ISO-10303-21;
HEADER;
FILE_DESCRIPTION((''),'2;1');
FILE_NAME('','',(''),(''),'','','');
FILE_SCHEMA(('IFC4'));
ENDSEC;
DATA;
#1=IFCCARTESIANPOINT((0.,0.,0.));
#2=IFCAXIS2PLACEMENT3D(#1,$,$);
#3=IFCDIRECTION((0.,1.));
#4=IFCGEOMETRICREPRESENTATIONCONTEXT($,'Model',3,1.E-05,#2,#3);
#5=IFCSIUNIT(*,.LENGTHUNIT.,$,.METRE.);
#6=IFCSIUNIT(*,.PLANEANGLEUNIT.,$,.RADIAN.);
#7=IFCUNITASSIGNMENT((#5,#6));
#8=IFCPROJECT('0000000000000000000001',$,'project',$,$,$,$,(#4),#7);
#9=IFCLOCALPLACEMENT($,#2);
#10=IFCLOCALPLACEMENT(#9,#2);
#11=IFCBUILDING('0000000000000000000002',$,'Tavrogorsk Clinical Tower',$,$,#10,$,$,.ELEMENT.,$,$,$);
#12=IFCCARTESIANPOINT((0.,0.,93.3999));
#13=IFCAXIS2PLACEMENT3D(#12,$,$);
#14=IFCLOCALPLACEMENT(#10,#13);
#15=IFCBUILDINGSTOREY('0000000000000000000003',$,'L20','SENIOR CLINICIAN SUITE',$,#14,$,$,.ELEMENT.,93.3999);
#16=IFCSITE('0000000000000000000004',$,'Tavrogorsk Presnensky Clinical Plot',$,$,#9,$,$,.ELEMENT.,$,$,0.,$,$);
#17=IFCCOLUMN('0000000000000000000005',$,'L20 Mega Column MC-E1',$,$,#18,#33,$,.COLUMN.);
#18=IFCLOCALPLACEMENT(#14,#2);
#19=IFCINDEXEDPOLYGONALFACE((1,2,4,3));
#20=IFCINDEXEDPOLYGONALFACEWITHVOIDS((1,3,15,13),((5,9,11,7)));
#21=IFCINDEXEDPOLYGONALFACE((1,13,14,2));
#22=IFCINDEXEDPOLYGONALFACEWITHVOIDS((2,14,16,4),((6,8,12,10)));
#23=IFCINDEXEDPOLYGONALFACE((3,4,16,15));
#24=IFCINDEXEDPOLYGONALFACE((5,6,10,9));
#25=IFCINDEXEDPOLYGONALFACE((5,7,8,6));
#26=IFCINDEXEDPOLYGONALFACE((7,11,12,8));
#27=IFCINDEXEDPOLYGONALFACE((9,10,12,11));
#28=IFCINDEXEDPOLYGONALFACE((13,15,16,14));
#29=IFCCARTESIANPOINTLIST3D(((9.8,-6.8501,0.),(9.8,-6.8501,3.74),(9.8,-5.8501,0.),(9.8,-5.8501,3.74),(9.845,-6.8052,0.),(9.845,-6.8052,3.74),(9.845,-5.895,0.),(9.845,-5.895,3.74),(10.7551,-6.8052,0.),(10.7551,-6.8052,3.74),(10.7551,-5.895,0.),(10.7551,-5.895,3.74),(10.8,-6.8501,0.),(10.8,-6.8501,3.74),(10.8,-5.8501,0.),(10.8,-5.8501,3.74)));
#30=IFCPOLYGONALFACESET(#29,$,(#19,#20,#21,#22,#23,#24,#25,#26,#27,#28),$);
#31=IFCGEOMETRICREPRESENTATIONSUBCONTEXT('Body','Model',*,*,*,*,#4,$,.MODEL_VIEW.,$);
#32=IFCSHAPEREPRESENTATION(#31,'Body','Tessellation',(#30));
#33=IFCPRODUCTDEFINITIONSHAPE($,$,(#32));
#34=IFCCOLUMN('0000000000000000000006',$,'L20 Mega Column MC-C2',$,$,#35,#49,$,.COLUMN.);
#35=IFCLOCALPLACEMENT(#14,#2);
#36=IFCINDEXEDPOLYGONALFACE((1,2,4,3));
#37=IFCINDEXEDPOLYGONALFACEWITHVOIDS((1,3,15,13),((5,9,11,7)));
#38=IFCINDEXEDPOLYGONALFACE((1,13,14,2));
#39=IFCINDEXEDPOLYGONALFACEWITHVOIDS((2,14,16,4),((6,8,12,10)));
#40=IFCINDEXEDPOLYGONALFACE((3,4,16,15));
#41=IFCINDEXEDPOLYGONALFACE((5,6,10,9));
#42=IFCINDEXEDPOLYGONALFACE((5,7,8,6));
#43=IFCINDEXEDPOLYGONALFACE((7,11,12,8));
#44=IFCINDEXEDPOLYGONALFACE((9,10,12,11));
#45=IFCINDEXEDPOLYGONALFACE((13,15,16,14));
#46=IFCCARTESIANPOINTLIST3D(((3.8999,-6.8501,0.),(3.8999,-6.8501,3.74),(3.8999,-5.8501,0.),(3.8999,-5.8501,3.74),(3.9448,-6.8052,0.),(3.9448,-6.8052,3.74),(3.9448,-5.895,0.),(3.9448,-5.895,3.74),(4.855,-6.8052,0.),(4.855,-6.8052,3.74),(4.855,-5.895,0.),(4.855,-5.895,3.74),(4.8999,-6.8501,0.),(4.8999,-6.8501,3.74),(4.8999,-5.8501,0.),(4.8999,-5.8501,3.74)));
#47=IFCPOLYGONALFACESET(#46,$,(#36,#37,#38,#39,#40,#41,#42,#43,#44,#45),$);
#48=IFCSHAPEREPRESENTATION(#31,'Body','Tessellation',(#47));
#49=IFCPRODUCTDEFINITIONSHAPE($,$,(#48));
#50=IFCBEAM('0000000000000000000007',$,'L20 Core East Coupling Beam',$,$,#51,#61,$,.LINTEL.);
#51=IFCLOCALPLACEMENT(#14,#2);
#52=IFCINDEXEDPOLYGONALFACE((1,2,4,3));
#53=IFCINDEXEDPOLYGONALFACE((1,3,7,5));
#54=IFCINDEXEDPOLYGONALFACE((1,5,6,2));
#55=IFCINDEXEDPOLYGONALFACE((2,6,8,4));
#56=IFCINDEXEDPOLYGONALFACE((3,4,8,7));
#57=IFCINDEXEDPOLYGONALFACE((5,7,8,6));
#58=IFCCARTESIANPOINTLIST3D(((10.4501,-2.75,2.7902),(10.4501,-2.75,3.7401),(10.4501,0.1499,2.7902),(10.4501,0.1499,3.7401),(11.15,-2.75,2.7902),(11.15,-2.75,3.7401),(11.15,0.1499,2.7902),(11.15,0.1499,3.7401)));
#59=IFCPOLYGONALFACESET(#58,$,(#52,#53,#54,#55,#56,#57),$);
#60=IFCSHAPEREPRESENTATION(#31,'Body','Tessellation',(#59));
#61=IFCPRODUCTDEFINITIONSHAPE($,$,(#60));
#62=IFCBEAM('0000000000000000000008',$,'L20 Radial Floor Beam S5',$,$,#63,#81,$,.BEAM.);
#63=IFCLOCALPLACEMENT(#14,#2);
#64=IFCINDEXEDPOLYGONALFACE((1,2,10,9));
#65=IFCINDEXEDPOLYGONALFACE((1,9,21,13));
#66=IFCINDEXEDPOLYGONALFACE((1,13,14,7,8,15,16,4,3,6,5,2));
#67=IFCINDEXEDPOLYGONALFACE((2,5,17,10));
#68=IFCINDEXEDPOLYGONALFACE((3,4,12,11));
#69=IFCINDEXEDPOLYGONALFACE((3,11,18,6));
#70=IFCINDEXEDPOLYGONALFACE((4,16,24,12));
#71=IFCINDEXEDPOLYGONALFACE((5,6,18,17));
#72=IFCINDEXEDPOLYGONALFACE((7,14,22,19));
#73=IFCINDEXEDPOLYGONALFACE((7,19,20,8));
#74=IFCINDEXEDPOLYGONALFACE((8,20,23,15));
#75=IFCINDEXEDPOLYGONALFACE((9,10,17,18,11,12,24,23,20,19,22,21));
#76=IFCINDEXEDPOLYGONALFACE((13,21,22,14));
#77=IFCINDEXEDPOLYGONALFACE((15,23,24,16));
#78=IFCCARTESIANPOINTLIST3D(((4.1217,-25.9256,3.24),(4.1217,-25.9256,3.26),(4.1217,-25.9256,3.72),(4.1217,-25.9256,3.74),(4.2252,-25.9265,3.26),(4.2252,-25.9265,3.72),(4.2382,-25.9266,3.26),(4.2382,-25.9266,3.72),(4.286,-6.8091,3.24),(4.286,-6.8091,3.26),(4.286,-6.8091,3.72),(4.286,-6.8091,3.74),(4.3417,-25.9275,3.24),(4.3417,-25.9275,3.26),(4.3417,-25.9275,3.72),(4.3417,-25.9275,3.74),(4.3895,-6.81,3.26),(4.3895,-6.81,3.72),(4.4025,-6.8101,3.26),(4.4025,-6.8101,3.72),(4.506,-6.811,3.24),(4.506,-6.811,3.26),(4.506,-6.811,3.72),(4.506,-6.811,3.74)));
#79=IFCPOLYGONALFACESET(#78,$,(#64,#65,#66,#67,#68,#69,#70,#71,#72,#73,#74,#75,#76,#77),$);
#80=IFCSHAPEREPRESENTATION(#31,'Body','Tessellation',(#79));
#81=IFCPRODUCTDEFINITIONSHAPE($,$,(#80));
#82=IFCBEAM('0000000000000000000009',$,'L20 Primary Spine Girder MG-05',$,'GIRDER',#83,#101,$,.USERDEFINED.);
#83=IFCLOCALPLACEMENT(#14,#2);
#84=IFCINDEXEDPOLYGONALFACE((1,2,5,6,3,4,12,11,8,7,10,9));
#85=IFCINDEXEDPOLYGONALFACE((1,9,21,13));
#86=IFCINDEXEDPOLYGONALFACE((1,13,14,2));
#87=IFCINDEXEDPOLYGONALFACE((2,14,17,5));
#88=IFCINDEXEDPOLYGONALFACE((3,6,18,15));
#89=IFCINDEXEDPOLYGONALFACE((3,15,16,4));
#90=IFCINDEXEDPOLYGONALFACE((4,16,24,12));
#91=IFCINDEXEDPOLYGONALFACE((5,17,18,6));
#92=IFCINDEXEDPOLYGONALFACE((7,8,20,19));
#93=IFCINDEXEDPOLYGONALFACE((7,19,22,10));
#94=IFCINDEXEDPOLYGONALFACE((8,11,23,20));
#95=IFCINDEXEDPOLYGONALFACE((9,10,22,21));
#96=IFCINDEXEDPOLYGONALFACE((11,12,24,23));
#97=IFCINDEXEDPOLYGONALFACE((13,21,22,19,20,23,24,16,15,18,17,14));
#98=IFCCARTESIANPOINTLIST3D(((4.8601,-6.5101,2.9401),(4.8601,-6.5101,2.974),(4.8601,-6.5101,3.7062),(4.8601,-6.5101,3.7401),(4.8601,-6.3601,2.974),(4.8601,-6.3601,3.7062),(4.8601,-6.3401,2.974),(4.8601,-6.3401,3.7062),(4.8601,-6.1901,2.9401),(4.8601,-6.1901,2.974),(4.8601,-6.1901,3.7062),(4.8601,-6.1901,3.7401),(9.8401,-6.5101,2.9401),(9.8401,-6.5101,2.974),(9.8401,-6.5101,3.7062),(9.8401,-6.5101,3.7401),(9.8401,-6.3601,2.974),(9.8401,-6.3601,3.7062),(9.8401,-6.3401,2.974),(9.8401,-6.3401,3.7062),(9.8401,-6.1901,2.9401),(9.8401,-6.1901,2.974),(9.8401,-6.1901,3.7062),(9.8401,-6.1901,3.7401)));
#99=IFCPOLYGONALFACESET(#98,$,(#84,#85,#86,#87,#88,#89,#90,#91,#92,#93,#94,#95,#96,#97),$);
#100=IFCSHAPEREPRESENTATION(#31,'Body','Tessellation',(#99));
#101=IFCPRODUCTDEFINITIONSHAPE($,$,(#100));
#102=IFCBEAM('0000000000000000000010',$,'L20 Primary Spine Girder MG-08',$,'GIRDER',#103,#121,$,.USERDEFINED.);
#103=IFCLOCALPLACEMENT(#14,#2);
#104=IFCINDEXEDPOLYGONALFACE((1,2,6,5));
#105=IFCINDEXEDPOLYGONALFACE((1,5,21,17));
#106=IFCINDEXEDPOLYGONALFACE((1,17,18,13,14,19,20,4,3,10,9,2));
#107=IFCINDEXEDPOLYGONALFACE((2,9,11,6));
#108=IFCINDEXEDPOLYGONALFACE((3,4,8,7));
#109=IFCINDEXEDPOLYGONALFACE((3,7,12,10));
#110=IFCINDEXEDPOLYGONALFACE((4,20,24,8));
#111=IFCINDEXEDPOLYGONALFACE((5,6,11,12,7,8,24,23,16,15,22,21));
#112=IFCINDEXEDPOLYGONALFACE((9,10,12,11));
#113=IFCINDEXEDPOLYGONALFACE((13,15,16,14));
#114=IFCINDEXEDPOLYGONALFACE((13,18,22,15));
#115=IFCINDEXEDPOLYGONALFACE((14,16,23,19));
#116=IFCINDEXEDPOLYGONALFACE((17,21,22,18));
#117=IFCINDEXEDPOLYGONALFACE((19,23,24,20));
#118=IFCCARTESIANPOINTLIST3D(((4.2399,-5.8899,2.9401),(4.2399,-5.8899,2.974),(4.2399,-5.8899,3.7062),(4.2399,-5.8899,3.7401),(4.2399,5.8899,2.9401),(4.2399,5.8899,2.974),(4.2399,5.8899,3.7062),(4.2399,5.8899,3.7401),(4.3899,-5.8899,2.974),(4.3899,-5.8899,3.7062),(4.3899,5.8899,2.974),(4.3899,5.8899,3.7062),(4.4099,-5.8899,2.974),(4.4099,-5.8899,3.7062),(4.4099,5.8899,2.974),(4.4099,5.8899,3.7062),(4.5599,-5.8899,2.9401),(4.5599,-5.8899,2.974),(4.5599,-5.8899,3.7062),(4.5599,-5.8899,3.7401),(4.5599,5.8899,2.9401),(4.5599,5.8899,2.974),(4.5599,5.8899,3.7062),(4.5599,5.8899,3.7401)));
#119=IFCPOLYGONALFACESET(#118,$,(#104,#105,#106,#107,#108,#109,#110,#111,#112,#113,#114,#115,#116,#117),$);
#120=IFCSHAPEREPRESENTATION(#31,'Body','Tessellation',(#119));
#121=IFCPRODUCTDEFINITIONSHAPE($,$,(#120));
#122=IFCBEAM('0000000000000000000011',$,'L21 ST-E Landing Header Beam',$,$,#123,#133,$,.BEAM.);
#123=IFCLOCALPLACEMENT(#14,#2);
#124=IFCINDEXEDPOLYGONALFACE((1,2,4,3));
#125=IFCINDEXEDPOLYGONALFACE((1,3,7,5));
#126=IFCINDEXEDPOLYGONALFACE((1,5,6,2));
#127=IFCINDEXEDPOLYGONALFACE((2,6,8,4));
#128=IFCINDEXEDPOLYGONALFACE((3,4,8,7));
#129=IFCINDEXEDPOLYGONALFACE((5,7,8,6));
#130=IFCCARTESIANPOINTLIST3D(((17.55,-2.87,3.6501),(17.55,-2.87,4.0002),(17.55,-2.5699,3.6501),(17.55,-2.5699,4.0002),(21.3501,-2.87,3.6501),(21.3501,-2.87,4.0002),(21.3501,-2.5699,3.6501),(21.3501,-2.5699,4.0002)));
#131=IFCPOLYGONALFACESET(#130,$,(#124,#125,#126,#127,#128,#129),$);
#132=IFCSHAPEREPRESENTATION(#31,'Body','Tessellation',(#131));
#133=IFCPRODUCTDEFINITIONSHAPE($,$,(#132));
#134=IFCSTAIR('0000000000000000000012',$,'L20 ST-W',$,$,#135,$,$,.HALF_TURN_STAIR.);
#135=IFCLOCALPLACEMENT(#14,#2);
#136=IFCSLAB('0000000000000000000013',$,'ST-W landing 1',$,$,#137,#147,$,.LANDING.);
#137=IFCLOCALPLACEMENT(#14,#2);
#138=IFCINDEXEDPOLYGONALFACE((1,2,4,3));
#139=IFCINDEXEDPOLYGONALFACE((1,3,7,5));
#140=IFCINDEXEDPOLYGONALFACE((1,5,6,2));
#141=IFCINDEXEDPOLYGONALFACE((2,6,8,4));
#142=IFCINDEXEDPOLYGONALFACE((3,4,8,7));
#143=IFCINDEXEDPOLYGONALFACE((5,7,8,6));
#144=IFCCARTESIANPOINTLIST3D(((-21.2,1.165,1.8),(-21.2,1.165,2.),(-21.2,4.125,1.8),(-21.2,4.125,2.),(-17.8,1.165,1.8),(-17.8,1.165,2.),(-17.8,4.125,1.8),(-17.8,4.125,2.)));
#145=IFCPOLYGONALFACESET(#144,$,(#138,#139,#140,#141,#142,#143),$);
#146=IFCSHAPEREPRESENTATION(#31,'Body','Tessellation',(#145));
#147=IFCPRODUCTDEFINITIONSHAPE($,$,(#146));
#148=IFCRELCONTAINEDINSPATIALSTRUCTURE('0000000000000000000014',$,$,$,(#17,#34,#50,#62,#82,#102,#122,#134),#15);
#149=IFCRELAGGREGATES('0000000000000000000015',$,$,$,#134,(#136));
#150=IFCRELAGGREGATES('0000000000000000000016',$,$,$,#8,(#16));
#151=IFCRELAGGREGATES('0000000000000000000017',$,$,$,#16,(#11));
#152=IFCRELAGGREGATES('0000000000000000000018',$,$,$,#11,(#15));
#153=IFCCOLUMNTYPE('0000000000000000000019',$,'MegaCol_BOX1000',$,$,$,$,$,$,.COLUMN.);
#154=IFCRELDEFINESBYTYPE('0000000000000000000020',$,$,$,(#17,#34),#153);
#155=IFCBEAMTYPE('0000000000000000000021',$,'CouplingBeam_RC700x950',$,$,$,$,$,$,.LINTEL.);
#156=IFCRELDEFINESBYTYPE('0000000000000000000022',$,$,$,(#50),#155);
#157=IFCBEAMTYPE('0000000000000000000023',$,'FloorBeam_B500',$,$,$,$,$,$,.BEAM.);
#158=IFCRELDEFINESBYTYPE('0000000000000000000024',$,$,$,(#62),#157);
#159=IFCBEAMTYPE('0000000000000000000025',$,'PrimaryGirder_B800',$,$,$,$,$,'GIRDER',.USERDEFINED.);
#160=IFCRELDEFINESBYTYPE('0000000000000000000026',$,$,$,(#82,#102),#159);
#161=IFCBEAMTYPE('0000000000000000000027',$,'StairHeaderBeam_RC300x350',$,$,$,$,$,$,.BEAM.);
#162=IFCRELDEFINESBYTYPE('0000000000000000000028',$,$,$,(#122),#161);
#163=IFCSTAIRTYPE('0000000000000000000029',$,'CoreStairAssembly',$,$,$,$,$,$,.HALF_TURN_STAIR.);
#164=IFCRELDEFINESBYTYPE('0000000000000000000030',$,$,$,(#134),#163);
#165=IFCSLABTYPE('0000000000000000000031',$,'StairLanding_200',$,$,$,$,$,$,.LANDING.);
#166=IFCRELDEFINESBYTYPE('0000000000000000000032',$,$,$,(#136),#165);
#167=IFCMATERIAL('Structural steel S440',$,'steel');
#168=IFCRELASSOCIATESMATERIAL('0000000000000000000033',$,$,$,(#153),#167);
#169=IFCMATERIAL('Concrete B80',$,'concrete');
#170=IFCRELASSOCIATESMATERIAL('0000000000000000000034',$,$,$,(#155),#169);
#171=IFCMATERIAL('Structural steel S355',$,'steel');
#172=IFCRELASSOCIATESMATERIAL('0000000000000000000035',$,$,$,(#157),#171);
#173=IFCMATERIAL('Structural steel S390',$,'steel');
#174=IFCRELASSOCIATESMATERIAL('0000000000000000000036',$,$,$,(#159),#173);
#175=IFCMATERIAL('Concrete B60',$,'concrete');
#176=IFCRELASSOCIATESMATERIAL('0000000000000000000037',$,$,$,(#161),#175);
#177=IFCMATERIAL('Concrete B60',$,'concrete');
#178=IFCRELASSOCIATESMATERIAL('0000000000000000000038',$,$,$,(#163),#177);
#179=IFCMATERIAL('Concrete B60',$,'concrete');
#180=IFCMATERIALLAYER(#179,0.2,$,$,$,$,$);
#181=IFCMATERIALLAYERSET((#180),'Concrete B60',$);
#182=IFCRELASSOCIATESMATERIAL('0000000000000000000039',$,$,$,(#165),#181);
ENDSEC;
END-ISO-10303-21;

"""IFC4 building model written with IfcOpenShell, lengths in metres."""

from ifc_helpers import new_model, si_unit, direction, frame, origin, origin_2d, place, context, subcontext, project, spatial, polyline, rectangle, hollow_rectangle, i_section, outline, extrude, material, layer, layer_set, material_profile, profile_set, type_object, element, aggregate, save


model = new_model("IFC4")

# Units and contexts
model_context = context("Model", 3, precision=1e-05, world=origin(), true_north=direction((0.0, 1.0)))
body_context = subcontext(model_context, "Body", "Model", "MODEL_VIEW")
ifc_project = project(units=[si_unit("LENGTHUNIT", "METRE"), si_unit("PLANEANGLEUNIT", "RADIAN")], contexts=[model_context])

# Site, building, storey
site_placement = place(None, origin())
site = spatial("IfcSite", under=ifc_project, at=site_placement, Name="Tavrogorsk Presnensky Clinical Plot", CompositionType="ELEMENT", RefElevation=0.0)
building_placement = place(site_placement, origin())
building = spatial("IfcBuilding", under=site, at=building_placement, Name="Tavrogorsk Clinical Tower", CompositionType="ELEMENT")
storey_placement = place(building_placement, frame((0.0, 0.0, 93.3999)))
storey = spatial("IfcBuildingStorey", under=building, at=storey_placement, Name="L20", Description="SENIOR CLINICIAN SUITE", CompositionType="ELEMENT", Elevation=93.3999)

# Columns
ifc_material_1 = material(Name="Structural steel S440", Category="steel")
ifc_material_profile_1 = material_profile(ifc_material_1, hollow_rectangle(XDim=1.0, YDim=1.0, WallThickness=0.0449, at=origin_2d()), Name="BOX-1000x1000x45")
ifc_profile_set_1 = profile_set([ifc_material_profile_1], Name="Structural steel S440")
column_type = type_object("IfcColumnType", Name="MegaCol_BOX1000", PredefinedType="COLUMN", material=ifc_profile_set_1)
for number, where, z_axis, x_axis, name in (
    (1, (10.3, -6.3501, 0.0), (0.0, 0.0, 1.0), (1.0, 0.0, 0.0), "L20 Mega Column MC-E1"),
    (2, (4.3999, -6.3501, 0.0), (0.0, 0.0, 1.0), (1.0, 0.0, 0.0), "L20 Mega Column MC-C2"),
):
    element("IfcColumn", number, at=place(storey_placement, frame(where, z_axis=z_axis, x_axis=x_axis)), inside=storey, type_object=column_type, Name=name, PredefinedType="COLUMN", context=body_context, shape_type="SweptSolid", body=[
        extrude(hollow_rectangle(XDim=1.0, YDim=1.0, WallThickness=0.0449, at=origin_2d()), origin(), (0.0, 0.0, 1.0), 3.74),
    ])

# Beams
ifc_material_2 = material(Name="Concrete B80", Category="concrete")
ifc_material_profile_2 = material_profile(ifc_material_2, rectangle(XDim=0.7, YDim=0.95, at=origin_2d()), Name="RC-CB-700x950")
ifc_profile_set_2 = profile_set([ifc_material_profile_2], Name="Concrete B80")
beam_type_1 = type_object("IfcBeamType", Name="CouplingBeam_RC700x950", PredefinedType="LINTEL", material=ifc_profile_set_2)
beam_1_placement = place(storey_placement, frame((10.8, -2.75, 3.2651), z_axis=(0.0, 1.0, 0.0), x_axis=(-1.0, 0.0, 0.0)))
element("IfcBeam", 3, at=beam_1_placement, inside=storey, type_object=beam_type_1, Name="L20 Core East Coupling Beam", PredefinedType="LINTEL", context=body_context, shape_type="SweptSolid", body=[
    extrude(rectangle(XDim=0.7, YDim=0.95, at=origin_2d()), origin(), (0.0, 0.0, 1.0), 2.8999),
])
ifc_material_3 = material(Name="Structural steel S355", Category="steel")
ifc_material_profile_3 = material_profile(ifc_material_3, i_section(OverallWidth=0.22, OverallDepth=0.5, WebThickness=0.0129, FlangeThickness=0.02, at=origin_2d()), Name="B-500x220x13x20")
ifc_profile_set_3 = profile_set([ifc_material_profile_3], Name="Structural steel S355")
beam_type_2 = type_object("IfcBeamType", Name="FloorBeam_B500", PredefinedType="BEAM", material=ifc_profile_set_3)
beam_2_placement = place(storey_placement, frame((4.396, -6.8101, 3.49), z_axis=(-0.008595, -0.999963, 0.0), x_axis=(0.999963, -0.008595, 0.0)))
element("IfcBeam", 4, at=beam_2_placement, inside=storey, type_object=beam_type_2, Name="L20 Radial Floor Beam S5", PredefinedType="BEAM", context=body_context, shape_type="SweptSolid", body=[
    extrude(i_section(OverallWidth=0.22, OverallDepth=0.5, WebThickness=0.0129, FlangeThickness=0.02, at=origin_2d()), origin(), (0.0, 0.0, 1.0), 19.1172),
])
ifc_material_4 = material(Name="Structural steel S390", Category="steel")
ifc_material_profile_4 = material_profile(ifc_material_4, i_section(OverallWidth=0.3201, OverallDepth=0.8, WebThickness=0.02, FlangeThickness=0.0339, at=origin_2d()), Name="B-800x320x20x34")
ifc_profile_set_4 = profile_set([ifc_material_profile_4], Name="Structural steel S390")
beam_type_3 = type_object("IfcBeamType", Name="PrimaryGirder_B800", ElementType="GIRDER", PredefinedType="USERDEFINED", material=ifc_profile_set_4)
beam_3_placement = place(storey_placement, frame((4.8601, -6.3501, 3.3401), z_axis=(1.0, 0.0, 0.0), x_axis=(0.0, 1.0, 0.0)))
element("IfcBeam", 5, at=beam_3_placement, inside=storey, type_object=beam_type_3, Name="L20 Primary Spine Girder MG-05", ObjectType="GIRDER", PredefinedType="USERDEFINED", context=body_context, shape_type="SweptSolid", body=[
    extrude(i_section(OverallWidth=0.3201, OverallDepth=0.8, WebThickness=0.02, FlangeThickness=0.0339, at=origin_2d()), origin(), (0.0, 0.0, 1.0), 4.98),
])
beam_4_placement = place(storey_placement, frame((4.3999, -5.8899, 3.3401), z_axis=(0.0, 1.0, 0.0), x_axis=(-1.0, 0.0, 0.0)))
element("IfcBeam", 6, at=beam_4_placement, inside=storey, type_object=beam_type_3, Name="L20 Primary Spine Girder MG-08", ObjectType="GIRDER", PredefinedType="USERDEFINED", context=body_context, shape_type="SweptSolid", body=[
    extrude(i_section(OverallWidth=0.3201, OverallDepth=0.8, WebThickness=0.02, FlangeThickness=0.0339, at=origin_2d()), origin(), (0.0, 0.0, 1.0), 11.7798),
])
ifc_material_5 = material(Name="Concrete B60", Category="concrete")
ifc_material_profile_5 = material_profile(ifc_material_5, rectangle(XDim=0.3, YDim=0.3501, at=origin_2d()), Name="RC-SHB-300x350")
ifc_profile_set_5 = profile_set([ifc_material_profile_5], Name="Concrete B60")
beam_type_4 = type_object("IfcBeamType", Name="StairHeaderBeam_RC300x350", PredefinedType="BEAM", material=ifc_profile_set_5)
beam_5_placement = place(storey_placement, frame((17.55, -2.72, 3.8252), z_axis=(1.0, 0.0, 0.0), x_axis=(0.0, 1.0, 0.0)))
element("IfcBeam", 7, at=beam_5_placement, inside=storey, type_object=beam_type_4, Name="L21 ST-E Landing Header Beam", PredefinedType="BEAM", context=body_context, shape_type="SweptSolid", body=[
    extrude(rectangle(XDim=0.3, YDim=0.3501, at=origin_2d()), origin(), (0.0, 0.0, 1.0), 3.8),
])

# Stair, slab
ifc_material_6 = material(Name="Concrete B60", Category="concrete")
stair_type = type_object("IfcStairType", Name="CoreStairAssembly", PredefinedType="HALF_TURN_STAIR", material=ifc_material_6)
stair_placement = place(storey_placement, origin())
stair = element("IfcStair", 8, at=stair_placement, inside=storey, type_object=stair_type, Name="L20 ST-W", PredefinedType="HALF_TURN_STAIR")
ifc_material_7 = material(Name="Concrete B60", Category="concrete")
ifc_layer_1 = layer(ifc_material_7, 0.2)
ifc_layer_set_1 = layer_set([ifc_layer_1], Name="Concrete B60")
slab_type_1 = type_object("IfcSlabType", Name="StairLanding_200", PredefinedType="LANDING", material=ifc_layer_set_1)
slab_1_placement = place(storey_placement, frame((0.0, 0.0, 1.8)))
slab_1 = element("IfcSlab", 9, at=slab_1_placement, type_object=slab_type_1, Name="ST-W landing 1", PredefinedType="LANDING", context=body_context, shape_type="SweptSolid", body=[
    extrude(outline(polyline([(-17.8, 1.165), (-17.8, 4.125), (-21.2, 4.125), (-21.2, 1.165), (-17.8, 1.165)])), origin(), (0.0, 0.0, 1.0), 0.2),
])
aggregate(stair, [slab_1])

save(model, "model.ifc")
